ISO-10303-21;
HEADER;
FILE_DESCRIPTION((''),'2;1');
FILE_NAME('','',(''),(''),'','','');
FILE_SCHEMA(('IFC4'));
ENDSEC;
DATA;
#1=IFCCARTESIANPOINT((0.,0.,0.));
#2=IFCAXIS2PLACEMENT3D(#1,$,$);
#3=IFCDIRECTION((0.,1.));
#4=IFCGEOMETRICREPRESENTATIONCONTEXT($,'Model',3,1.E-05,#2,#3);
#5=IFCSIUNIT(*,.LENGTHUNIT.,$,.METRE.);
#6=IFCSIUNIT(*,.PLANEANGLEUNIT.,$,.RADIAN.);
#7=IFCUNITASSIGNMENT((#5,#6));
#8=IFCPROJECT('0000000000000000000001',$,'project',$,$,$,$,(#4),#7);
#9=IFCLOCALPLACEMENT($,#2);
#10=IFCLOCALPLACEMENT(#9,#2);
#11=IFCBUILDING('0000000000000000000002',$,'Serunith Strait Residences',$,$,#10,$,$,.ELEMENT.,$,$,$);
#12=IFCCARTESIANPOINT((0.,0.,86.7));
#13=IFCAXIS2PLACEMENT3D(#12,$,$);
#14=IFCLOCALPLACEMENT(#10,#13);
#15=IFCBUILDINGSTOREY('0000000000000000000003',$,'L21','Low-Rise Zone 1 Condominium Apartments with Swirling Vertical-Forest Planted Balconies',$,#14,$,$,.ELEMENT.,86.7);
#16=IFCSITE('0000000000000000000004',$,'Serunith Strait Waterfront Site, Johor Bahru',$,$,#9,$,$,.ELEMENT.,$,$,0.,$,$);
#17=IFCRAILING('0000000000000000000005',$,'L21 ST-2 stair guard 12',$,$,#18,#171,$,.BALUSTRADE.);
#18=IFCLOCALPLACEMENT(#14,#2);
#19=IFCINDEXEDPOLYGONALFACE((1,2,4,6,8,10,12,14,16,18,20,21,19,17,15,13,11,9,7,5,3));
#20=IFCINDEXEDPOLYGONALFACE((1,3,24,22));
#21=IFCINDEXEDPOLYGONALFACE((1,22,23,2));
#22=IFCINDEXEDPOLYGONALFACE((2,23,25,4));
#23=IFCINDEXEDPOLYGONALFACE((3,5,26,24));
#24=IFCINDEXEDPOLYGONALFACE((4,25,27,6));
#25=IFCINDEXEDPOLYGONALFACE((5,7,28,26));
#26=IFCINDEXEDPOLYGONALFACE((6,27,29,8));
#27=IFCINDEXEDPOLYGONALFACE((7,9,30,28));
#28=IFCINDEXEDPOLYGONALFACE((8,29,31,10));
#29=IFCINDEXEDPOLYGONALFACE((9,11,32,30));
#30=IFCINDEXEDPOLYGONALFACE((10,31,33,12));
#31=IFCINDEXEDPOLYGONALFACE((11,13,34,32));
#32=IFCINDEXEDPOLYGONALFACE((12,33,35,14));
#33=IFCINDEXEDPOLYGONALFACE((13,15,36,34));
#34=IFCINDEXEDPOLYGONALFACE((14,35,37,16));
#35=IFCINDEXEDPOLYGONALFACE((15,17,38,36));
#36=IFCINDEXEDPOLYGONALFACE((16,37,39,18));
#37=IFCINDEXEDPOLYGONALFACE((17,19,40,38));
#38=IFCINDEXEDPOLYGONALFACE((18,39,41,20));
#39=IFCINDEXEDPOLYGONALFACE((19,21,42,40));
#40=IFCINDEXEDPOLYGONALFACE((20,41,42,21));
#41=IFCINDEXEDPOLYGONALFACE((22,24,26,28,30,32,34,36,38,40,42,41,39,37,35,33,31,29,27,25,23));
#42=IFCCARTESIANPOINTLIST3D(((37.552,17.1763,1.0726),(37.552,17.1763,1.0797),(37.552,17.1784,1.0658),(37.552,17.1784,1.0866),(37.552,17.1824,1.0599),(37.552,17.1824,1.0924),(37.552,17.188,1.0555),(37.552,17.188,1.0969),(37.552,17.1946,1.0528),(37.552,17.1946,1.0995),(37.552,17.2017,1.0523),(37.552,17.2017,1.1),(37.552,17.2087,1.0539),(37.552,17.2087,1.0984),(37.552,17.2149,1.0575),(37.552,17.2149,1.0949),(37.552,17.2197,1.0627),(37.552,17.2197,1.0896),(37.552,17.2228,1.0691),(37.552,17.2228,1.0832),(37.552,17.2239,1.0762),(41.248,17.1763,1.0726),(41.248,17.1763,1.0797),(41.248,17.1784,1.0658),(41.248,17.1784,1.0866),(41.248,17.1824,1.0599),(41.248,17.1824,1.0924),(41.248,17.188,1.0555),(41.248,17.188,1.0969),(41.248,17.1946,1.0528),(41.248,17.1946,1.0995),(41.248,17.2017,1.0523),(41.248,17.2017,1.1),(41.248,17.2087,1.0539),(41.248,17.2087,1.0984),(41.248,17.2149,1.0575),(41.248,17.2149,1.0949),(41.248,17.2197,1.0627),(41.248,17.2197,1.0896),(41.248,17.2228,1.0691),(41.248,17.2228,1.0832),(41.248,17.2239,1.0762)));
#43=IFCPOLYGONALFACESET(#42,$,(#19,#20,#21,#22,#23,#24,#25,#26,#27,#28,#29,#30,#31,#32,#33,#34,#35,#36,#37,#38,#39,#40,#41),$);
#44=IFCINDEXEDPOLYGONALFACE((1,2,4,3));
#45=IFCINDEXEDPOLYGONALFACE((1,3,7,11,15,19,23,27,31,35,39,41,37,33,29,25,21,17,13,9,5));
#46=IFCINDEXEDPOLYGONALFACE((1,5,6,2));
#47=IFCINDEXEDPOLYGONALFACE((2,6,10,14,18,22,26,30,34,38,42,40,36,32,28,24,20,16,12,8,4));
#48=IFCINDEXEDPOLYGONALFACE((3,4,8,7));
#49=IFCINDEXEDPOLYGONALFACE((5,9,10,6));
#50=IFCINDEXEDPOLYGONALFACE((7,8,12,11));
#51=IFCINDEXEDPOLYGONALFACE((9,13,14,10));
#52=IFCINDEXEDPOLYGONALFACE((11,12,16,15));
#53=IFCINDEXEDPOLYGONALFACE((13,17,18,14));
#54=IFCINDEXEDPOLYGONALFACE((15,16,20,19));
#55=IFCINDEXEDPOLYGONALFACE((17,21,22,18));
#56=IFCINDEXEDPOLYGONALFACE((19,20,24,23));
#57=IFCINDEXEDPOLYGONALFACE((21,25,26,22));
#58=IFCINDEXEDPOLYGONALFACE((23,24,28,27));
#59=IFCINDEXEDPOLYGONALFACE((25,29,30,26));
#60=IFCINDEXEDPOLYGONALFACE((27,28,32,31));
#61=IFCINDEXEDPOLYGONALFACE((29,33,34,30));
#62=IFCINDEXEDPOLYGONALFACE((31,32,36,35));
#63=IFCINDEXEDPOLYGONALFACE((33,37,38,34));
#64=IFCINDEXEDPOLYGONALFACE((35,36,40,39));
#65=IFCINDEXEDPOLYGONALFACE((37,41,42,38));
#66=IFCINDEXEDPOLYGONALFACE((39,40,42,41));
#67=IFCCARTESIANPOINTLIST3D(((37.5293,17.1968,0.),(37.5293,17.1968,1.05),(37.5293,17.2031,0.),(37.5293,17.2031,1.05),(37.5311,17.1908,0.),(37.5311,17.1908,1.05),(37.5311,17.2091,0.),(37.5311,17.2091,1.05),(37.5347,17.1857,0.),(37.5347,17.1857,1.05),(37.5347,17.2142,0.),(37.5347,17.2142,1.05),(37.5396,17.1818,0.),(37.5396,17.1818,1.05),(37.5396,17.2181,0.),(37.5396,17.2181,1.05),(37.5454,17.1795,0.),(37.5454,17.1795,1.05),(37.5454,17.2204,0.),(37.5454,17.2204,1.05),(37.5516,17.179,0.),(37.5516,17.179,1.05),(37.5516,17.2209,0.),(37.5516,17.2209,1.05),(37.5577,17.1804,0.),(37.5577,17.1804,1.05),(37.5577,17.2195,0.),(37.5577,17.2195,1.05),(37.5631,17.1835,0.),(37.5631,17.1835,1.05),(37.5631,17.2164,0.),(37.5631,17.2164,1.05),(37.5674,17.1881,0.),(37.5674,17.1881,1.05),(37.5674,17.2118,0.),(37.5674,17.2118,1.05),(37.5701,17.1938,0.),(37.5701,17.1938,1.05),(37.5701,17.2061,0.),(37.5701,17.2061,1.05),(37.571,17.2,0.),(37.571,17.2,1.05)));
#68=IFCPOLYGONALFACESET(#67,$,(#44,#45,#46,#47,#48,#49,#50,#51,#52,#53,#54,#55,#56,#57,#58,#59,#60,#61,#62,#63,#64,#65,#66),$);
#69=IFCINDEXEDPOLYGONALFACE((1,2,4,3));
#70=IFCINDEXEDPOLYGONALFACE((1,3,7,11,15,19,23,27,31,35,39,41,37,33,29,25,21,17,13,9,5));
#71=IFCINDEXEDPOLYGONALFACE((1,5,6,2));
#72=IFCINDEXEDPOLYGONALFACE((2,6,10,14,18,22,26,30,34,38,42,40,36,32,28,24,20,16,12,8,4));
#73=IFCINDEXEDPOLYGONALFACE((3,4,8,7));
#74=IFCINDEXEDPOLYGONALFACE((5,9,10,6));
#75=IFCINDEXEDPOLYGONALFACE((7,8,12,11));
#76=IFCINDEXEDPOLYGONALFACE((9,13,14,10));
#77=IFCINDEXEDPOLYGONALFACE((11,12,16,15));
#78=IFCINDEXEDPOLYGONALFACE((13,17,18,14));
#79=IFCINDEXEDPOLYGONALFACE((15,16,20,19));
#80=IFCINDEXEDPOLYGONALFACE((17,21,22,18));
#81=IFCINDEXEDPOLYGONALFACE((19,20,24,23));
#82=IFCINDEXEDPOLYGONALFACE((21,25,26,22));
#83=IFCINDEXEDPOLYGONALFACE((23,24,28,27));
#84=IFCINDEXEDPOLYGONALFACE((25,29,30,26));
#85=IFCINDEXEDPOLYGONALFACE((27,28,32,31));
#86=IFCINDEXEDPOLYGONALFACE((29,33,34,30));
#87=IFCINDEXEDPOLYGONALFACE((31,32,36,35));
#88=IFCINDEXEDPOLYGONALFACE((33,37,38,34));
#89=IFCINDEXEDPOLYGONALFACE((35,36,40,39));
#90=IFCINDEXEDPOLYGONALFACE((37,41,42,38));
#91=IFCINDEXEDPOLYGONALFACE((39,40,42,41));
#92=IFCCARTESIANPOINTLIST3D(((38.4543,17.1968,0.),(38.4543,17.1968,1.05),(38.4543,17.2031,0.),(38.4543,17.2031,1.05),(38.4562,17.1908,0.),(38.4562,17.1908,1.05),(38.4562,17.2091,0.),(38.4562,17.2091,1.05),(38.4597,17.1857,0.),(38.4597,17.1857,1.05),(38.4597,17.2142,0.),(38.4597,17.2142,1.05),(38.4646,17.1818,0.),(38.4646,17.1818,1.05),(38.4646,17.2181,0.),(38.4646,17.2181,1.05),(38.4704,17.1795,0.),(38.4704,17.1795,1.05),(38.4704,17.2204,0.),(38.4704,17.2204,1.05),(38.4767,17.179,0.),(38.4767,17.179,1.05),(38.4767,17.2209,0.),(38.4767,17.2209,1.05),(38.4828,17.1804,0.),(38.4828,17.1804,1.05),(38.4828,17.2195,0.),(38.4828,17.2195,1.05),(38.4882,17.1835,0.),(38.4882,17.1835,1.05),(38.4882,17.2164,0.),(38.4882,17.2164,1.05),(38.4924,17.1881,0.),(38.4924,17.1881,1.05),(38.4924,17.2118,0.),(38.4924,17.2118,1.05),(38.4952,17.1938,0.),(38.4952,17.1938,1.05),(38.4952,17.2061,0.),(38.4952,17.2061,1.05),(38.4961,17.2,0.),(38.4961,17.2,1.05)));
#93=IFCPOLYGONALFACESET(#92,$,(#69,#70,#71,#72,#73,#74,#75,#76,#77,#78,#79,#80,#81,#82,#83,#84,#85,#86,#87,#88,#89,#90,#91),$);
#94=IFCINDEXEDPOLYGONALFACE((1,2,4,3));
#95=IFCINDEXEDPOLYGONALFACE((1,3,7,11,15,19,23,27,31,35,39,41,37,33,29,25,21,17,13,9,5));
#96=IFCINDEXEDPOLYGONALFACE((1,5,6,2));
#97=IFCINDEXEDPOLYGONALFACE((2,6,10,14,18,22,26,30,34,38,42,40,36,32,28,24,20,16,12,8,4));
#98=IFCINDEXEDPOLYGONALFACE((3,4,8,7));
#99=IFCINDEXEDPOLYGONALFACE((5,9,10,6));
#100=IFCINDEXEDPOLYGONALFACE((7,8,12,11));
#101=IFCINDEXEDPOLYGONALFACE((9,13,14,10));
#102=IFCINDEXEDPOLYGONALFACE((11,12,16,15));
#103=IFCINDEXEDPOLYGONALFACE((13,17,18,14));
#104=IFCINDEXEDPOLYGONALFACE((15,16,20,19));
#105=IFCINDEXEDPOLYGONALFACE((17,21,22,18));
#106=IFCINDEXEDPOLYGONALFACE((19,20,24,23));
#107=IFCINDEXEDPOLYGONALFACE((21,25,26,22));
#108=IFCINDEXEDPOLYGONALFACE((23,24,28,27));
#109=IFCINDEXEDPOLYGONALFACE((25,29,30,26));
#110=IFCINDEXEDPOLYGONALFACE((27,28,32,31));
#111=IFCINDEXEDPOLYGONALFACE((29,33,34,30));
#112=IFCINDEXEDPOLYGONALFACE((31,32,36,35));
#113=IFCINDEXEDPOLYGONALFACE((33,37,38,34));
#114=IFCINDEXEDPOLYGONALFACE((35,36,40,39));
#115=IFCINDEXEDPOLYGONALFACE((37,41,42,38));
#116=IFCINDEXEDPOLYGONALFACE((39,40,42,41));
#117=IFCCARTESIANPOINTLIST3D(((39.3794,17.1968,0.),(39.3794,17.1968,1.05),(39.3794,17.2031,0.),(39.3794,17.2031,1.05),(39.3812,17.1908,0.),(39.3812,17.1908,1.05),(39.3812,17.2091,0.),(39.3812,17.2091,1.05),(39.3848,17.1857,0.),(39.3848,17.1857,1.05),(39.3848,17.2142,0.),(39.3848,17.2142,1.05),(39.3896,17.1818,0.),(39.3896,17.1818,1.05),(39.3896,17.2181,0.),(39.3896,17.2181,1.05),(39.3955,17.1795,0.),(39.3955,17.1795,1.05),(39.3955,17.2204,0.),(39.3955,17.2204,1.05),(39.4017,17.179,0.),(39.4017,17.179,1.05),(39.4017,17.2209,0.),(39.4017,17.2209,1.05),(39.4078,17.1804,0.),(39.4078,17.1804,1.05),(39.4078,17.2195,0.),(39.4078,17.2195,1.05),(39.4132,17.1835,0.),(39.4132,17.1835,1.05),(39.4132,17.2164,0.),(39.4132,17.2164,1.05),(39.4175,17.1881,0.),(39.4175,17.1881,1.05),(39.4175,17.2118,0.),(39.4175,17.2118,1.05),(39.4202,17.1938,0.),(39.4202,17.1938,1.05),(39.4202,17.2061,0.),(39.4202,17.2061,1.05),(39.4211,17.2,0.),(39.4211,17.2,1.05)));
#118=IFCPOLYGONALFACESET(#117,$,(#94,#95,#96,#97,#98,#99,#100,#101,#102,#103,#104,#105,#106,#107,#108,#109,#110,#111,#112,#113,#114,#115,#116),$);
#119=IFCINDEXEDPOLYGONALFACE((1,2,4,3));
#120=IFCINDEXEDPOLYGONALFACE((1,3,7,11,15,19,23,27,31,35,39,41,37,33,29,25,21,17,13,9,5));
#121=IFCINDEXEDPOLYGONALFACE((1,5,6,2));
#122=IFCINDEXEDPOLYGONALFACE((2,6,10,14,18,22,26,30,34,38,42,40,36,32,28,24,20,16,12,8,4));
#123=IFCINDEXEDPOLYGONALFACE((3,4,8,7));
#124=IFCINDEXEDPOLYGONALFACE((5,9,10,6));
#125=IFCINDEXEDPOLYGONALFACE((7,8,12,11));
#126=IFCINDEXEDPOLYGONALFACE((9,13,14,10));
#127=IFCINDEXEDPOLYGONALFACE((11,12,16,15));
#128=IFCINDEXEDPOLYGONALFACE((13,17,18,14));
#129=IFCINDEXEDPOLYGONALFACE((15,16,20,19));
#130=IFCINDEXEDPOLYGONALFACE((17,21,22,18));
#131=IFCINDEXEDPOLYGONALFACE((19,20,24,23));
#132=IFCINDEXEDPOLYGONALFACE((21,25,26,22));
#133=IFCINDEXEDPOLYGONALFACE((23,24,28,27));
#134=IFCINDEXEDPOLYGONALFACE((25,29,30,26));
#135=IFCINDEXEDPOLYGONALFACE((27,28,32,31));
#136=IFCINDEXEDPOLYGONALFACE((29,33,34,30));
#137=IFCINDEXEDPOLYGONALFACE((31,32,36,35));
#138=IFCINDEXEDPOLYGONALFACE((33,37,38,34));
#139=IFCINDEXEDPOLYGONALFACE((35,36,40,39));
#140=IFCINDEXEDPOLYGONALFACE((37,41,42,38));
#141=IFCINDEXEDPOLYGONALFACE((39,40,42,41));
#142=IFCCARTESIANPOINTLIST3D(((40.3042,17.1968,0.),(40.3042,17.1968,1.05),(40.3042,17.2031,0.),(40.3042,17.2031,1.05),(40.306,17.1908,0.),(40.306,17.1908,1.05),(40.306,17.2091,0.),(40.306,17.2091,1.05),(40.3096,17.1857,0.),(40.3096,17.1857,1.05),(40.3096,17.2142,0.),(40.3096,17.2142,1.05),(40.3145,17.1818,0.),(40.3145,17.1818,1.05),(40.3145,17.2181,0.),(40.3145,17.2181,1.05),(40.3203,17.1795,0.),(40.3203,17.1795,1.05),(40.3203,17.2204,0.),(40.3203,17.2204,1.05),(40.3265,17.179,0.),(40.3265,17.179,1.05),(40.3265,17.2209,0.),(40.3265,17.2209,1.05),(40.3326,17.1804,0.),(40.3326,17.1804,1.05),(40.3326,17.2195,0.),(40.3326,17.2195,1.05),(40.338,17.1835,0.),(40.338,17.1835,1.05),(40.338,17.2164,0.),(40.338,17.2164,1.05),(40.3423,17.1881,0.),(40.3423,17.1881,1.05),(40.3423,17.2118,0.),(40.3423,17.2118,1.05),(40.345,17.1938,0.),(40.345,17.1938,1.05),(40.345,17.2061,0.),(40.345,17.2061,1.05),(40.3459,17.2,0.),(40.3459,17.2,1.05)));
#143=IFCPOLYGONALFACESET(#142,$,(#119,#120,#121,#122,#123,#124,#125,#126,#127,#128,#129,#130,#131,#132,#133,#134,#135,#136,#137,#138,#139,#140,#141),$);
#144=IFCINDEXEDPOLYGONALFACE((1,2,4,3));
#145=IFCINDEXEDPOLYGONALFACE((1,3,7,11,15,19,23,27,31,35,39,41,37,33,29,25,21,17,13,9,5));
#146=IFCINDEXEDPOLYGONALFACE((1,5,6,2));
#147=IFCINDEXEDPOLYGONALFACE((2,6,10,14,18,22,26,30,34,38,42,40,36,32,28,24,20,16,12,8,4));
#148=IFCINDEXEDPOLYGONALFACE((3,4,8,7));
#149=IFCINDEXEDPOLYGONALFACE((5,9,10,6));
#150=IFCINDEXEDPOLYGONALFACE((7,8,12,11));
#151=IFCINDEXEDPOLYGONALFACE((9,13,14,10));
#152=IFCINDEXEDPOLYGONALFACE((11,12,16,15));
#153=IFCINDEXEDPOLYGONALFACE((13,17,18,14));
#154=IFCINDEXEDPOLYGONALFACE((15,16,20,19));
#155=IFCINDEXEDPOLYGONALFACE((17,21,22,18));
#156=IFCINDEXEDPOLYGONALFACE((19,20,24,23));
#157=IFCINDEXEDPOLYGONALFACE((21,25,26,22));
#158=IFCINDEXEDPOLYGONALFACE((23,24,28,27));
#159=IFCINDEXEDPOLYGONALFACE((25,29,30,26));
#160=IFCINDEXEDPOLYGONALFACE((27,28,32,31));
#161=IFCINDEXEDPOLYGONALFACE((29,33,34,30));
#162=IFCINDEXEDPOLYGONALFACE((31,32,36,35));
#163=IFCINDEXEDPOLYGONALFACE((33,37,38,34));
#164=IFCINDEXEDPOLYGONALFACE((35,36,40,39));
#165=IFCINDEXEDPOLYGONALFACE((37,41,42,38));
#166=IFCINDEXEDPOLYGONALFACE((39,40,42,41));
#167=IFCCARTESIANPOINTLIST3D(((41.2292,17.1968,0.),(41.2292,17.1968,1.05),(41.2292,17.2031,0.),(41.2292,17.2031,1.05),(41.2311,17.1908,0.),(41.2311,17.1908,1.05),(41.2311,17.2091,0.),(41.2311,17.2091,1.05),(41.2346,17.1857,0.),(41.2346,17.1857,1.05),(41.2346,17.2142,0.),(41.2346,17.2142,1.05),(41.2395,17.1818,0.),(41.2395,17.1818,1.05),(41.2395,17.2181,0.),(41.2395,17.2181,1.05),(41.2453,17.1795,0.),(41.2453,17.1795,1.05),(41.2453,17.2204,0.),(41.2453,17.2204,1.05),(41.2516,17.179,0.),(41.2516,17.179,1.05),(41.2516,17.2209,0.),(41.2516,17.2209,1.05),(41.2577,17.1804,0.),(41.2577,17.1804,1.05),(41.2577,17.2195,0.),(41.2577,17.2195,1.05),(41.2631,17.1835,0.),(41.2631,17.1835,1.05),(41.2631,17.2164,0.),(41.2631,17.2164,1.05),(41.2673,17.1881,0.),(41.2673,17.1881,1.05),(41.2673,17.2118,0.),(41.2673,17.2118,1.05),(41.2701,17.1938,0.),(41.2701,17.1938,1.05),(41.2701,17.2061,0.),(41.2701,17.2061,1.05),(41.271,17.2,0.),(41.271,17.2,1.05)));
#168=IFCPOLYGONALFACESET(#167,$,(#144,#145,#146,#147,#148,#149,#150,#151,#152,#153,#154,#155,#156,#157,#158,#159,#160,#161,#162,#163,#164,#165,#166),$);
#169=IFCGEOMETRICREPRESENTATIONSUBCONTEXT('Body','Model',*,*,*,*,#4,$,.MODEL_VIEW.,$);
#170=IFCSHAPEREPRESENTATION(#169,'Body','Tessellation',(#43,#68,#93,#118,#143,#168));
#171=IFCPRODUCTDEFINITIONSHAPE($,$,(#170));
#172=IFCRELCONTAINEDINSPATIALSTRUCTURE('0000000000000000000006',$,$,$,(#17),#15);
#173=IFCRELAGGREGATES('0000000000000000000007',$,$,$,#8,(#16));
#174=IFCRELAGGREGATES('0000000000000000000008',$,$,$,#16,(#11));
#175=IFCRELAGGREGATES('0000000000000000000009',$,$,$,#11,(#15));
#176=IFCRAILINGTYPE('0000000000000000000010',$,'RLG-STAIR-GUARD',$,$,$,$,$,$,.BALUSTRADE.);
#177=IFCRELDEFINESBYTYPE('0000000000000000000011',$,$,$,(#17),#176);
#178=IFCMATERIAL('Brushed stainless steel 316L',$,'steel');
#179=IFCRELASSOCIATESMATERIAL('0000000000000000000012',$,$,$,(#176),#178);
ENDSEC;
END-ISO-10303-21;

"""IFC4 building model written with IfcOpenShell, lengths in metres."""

from ifc_helpers import new_model, si_unit, direction, frame, origin, origin_2d, place, context, subcontext, project, spatial, circle, extrude, material, type_object, element, save


model = new_model("IFC4")

# Units and contexts
model_context = context("Model", 3, precision=1e-05, world=origin(), true_north=direction((0.0, 1.0)))
body_context = subcontext(model_context, "Body", "Model", "MODEL_VIEW")
ifc_project = project(units=[si_unit("LENGTHUNIT", "METRE"), si_unit("PLANEANGLEUNIT", "RADIAN")], contexts=[model_context])

# Site, building, storey
site_placement = place(None, origin())
site = spatial("IfcSite", under=ifc_project, at=site_placement, Name="Serunith Strait Waterfront Site, Johor Bahru", CompositionType="ELEMENT", RefElevation=0.0)
building_placement = place(site_placement, origin())
building = spatial("IfcBuilding", under=site, at=building_placement, Name="Serunith Strait Residences", CompositionType="ELEMENT")
storey_placement = place(building_placement, frame((0.0, 0.0, 86.7)))
storey = spatial("IfcBuildingStorey", under=building, at=storey_placement, Name="L21", Description="Low-Rise Zone 1 Condominium Apartments with Swirling Vertical-Forest Planted Balconies", CompositionType="ELEMENT", Elevation=86.7)

# Railing
ifc_material_1 = material(Name="Brushed stainless steel 316L", Category="steel")
railing_type_1 = type_object("IfcRailingType", Name="RLG-STAIR-GUARD", PredefinedType="BALUSTRADE", material=ifc_material_1)
railing_1_placement = place(storey_placement, frame((37.55, 17.2, 0.0)))
element("IfcRailing", 1, at=railing_1_placement, inside=storey, type_object=railing_type_1, Name="L21 ST-2 stair guard 12", PredefinedType="BALUSTRADE", context=body_context, shape_type="SweptSolid", body=[
    extrude(circle(Radius=0.0239, at=origin_2d()), frame((0.002, 0.0, 1.0762), z_axis=(1.0, 0.0, 0.0), x_axis=(0.0, 1.0, 0.0)), (0.0, 0.0, 1.0), 3.696),
    extrude(circle(Radius=0.021, at=origin_2d()), origin(), (0.0, 0.0, 1.0), 1.05),
    extrude(circle(Radius=0.021, at=origin_2d()), frame((0.925, 0.0, 0.0)), (0.0, 0.0, 1.0), 1.05),
    extrude(circle(Radius=0.021, at=origin_2d()), frame((1.8501, 0.0, 0.0)), (0.0, 0.0, 1.0), 1.05),
    extrude(circle(Radius=0.021, at=origin_2d()), frame((2.7749, 0.0, 0.0)), (0.0, 0.0, 1.0), 1.05),
    extrude(circle(Radius=0.021, at=origin_2d()), frame((3.7, 0.0, 0.0)), (0.0, 0.0, 1.0), 1.05),
])

save(model, "model.ifc")
